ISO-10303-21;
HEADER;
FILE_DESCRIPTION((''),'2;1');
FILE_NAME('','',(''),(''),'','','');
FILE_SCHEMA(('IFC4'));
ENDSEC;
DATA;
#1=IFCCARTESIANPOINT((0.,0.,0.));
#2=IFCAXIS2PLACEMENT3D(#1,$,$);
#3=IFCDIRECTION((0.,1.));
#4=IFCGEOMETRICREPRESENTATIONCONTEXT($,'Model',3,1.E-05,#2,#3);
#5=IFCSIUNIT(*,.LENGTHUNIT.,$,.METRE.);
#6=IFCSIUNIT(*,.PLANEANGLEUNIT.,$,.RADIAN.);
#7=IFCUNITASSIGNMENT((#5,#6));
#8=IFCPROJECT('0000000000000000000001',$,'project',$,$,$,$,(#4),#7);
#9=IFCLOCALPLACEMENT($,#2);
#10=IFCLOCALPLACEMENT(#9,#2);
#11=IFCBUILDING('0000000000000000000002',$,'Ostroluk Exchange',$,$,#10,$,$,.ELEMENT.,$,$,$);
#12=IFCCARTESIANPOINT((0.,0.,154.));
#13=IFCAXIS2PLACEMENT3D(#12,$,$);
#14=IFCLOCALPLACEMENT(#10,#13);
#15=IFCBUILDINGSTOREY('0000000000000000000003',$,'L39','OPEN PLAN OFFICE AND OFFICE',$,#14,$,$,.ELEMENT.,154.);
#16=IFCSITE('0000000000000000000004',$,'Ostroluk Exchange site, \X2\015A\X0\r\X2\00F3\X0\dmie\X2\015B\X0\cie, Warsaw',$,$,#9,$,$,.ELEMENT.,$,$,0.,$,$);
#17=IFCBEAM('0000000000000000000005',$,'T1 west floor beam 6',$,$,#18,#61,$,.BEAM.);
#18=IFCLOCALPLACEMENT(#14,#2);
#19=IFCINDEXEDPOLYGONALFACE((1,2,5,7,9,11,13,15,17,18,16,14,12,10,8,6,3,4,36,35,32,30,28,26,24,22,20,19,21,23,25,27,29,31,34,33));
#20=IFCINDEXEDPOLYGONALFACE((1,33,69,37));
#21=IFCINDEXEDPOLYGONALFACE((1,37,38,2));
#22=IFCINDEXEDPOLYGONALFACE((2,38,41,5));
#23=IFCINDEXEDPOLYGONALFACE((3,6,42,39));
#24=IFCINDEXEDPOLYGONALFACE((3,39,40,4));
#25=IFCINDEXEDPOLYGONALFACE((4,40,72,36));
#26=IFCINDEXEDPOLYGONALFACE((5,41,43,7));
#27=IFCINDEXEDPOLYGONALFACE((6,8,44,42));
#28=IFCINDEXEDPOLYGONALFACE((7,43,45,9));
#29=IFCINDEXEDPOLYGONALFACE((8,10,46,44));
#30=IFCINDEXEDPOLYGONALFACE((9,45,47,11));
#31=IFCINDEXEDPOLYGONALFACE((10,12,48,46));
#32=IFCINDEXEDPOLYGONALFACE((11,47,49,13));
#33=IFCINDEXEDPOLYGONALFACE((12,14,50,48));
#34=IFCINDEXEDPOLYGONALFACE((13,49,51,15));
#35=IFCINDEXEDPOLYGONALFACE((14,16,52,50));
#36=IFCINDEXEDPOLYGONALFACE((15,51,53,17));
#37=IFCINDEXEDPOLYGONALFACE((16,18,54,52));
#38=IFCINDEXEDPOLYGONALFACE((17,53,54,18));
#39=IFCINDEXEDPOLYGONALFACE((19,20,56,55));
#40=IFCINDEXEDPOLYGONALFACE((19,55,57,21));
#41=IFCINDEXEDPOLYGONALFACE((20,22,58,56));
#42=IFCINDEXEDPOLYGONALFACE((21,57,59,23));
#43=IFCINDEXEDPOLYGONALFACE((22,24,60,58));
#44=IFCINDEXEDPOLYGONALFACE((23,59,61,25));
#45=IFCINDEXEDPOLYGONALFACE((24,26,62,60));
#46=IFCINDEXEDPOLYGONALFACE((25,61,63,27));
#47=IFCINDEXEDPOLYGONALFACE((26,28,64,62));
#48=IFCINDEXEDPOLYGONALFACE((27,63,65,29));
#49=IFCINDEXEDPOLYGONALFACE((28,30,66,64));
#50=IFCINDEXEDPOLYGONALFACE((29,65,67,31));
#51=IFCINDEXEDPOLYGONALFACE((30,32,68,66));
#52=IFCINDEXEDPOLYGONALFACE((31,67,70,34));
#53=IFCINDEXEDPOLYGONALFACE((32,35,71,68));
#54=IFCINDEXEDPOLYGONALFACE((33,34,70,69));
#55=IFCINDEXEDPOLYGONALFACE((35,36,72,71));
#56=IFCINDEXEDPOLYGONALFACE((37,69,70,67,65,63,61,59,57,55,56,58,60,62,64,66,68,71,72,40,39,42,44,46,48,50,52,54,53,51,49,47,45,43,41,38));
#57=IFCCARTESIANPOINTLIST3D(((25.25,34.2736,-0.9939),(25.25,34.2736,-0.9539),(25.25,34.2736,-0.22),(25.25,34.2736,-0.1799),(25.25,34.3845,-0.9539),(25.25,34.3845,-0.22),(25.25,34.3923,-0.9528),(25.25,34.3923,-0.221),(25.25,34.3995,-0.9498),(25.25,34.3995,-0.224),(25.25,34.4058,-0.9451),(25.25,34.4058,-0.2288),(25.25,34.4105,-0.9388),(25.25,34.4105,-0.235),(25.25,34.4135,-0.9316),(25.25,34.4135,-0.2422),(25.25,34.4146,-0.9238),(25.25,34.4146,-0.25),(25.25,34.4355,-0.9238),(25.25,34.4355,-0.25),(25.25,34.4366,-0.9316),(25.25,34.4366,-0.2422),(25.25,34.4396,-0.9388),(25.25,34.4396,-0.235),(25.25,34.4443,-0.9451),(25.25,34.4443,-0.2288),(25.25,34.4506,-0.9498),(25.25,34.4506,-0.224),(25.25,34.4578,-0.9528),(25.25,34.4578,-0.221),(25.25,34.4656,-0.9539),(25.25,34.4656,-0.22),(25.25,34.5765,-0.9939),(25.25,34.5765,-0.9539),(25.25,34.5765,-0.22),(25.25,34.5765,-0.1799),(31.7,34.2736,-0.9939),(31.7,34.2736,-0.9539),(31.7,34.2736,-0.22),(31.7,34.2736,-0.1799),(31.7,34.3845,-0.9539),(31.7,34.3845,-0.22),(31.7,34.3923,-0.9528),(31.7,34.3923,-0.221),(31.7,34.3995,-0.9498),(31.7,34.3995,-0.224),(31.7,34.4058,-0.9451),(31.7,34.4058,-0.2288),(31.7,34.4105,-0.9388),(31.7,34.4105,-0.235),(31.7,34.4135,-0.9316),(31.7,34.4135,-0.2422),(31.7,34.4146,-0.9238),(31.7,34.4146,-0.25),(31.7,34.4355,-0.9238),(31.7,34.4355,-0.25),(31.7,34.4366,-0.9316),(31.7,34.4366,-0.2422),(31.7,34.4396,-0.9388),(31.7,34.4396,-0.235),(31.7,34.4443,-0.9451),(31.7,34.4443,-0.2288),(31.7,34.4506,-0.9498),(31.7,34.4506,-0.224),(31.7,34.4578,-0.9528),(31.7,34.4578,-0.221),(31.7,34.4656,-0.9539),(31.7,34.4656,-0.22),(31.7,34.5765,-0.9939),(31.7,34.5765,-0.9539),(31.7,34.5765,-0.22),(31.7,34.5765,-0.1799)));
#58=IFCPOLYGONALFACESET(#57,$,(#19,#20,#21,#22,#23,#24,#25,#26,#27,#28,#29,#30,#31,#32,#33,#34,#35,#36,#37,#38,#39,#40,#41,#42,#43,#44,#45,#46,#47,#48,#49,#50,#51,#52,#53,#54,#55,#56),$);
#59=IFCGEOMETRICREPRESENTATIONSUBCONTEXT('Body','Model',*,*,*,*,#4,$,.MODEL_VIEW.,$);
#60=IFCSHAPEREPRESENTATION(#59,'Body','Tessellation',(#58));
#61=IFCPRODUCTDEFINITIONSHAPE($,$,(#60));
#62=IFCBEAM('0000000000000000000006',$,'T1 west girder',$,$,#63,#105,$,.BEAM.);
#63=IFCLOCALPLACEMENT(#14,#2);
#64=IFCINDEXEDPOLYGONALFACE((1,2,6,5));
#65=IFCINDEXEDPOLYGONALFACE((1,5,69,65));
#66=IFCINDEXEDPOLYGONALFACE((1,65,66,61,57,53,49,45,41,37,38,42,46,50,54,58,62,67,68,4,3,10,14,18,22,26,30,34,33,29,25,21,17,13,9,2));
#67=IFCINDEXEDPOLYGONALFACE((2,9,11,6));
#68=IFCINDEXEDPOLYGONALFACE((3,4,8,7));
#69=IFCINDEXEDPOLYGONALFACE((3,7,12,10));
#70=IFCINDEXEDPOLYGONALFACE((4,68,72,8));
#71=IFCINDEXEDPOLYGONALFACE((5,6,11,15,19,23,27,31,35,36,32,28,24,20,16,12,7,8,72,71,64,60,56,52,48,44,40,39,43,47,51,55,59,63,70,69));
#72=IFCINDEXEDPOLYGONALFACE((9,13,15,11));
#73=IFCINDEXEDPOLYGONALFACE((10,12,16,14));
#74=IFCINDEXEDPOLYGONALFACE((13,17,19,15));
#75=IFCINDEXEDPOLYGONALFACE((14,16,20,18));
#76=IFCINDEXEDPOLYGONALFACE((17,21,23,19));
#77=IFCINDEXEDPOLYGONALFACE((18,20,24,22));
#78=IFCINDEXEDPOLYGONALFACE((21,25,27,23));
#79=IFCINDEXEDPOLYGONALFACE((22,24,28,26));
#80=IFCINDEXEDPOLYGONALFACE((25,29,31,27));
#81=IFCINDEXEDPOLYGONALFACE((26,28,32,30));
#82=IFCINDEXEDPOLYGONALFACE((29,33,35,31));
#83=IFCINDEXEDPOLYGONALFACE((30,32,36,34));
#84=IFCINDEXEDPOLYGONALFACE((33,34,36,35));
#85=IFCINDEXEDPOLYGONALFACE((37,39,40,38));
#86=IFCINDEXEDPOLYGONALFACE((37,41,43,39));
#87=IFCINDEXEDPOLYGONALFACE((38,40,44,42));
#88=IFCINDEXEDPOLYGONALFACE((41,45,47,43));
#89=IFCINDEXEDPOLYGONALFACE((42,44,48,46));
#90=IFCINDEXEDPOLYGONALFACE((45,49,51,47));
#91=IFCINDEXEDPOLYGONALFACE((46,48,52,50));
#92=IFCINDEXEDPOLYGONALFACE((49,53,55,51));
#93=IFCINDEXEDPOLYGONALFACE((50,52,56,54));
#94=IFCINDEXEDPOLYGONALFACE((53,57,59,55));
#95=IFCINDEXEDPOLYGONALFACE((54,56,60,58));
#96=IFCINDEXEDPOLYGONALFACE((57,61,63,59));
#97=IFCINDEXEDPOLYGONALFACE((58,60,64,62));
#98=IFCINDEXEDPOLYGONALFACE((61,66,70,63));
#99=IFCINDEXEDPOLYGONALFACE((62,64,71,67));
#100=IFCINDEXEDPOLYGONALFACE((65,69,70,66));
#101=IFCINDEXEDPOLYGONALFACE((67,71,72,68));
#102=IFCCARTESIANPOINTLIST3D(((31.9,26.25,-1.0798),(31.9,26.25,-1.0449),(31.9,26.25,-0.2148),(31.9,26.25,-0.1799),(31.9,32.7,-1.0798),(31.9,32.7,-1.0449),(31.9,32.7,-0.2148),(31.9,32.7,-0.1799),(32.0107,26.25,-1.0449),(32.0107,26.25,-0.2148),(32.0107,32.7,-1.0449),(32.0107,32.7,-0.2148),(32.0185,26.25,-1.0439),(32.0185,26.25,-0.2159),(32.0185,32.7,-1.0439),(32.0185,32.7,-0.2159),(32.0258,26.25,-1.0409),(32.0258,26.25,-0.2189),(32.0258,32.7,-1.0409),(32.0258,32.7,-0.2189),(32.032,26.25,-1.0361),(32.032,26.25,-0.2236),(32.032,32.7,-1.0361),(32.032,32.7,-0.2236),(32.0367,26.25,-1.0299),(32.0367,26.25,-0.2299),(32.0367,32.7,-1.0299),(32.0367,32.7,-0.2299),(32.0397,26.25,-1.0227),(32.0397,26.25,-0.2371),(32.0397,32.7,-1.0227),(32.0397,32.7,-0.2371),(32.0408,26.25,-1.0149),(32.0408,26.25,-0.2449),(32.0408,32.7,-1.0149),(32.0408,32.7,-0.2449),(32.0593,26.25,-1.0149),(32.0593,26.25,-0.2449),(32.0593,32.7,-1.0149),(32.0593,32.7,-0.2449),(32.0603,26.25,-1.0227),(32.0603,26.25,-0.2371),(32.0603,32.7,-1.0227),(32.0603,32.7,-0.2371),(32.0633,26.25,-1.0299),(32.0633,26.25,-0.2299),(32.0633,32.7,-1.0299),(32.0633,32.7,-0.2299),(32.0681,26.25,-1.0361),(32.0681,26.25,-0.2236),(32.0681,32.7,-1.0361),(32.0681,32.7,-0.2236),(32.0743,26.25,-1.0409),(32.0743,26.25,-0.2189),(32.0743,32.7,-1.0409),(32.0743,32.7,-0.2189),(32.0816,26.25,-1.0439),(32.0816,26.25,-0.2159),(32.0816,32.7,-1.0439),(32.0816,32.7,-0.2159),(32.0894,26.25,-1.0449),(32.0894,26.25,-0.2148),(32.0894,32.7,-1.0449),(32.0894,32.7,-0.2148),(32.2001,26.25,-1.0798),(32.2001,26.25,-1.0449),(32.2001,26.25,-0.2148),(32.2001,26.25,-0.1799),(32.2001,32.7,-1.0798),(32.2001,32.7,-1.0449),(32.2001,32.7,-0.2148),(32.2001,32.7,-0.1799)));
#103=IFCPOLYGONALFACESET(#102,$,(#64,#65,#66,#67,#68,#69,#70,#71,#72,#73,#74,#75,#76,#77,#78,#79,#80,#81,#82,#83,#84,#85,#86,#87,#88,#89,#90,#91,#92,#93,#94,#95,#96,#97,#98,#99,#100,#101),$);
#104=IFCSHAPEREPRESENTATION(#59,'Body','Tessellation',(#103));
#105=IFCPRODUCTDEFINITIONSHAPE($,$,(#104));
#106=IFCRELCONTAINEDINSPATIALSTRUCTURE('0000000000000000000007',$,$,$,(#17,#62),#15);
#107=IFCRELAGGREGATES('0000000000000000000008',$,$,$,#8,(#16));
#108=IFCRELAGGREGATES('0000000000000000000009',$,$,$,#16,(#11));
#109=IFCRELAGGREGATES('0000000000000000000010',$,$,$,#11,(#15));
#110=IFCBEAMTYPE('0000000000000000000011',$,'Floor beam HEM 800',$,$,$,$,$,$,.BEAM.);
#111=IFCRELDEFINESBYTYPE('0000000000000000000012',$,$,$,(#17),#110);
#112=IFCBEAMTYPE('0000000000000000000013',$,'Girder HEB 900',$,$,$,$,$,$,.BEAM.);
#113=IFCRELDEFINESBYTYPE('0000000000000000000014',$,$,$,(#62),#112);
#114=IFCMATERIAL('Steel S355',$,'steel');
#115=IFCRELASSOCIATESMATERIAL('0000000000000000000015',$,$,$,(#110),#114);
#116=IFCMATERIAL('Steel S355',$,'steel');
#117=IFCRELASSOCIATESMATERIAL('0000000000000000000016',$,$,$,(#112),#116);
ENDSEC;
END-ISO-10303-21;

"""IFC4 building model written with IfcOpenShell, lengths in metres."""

from ifc_helpers import new_model, si_unit, direction, frame, origin, origin_2d, place, context, subcontext, project, spatial, i_section, extrude, material, material_profile, profile_set, type_object, element, save


model = new_model("IFC4")

# Units and contexts
model_context = context("Model", 3, precision=1e-05, world=origin(), true_north=direction((0.0, 1.0)))
body_context = subcontext(model_context, "Body", "Model", "MODEL_VIEW")
ifc_project = project(units=[si_unit("LENGTHUNIT", "METRE"), si_unit("PLANEANGLEUNIT", "RADIAN")], contexts=[model_context])

# Site, building, storey
site_placement = place(None, origin())
site = spatial("IfcSite", under=ifc_project, at=site_placement, Name="Ostroluk Exchange site, Śródmieście, Warsaw", CompositionType="ELEMENT", RefElevation=0.0)
building_placement = place(site_placement, origin())
building = spatial("IfcBuilding", under=site, at=building_placement, Name="Ostroluk Exchange", CompositionType="ELEMENT")
storey_placement = place(building_placement, frame((0.0, 0.0, 154.0)))
storey = spatial("IfcBuildingStorey", under=building, at=storey_placement, Name="L39", Description="OPEN PLAN OFFICE AND OFFICE", CompositionType="ELEMENT", Elevation=154.0)

# Beams
ifc_material_1 = material(Name="Steel S355", Category="steel")
ifc_material_profile_1 = material_profile(ifc_material_1, i_section(OverallWidth=0.303, OverallDepth=0.814, WebThickness=0.021, FlangeThickness=0.04, FilletRadius=0.03, at=origin_2d()), Name="HEM 800")
ifc_profile_set_1 = profile_set([ifc_material_profile_1], Name="Steel S355")
beam_type_1 = type_object("IfcBeamType", Name="Floor beam HEM 800", PredefinedType="BEAM", material=ifc_profile_set_1)
beam_1_placement = place(storey_placement, frame((31.7, 34.425, -0.5869), z_axis=(-1.0, 0.0, 0.0), x_axis=(0.0, -1.0, 0.0)))
element("IfcBeam", 1, at=beam_1_placement, inside=storey, type_object=beam_type_1, Name="T1 west floor beam 6", PredefinedType="BEAM", context=body_context, shape_type="SweptSolid", body=[
    extrude(i_section(OverallWidth=0.303, OverallDepth=0.814, WebThickness=0.021, FlangeThickness=0.04, FilletRadius=0.03, at=origin_2d()), origin(), (0.0, 0.0, 1.0), 6.45),
])
ifc_material_2 = material(Name="Steel S355", Category="steel")
ifc_material_profile_2 = material_profile(ifc_material_2, i_section(OverallWidth=0.3, OverallDepth=0.8999, WebThickness=0.0186, FlangeThickness=0.0349, FilletRadius=0.03, at=origin_2d()), Name="HEB 900")
ifc_profile_set_2 = profile_set([ifc_material_profile_2], Name="Steel S355")
beam_type_2 = type_object("IfcBeamType", Name="Girder HEB 900", PredefinedType="BEAM", material=ifc_profile_set_2)
beam_2_placement = place(storey_placement, frame((32.05, 32.7, -0.6299), z_axis=(0.0, -1.0, 0.0), x_axis=(1.0, 0.0, 0.0)))
element("IfcBeam", 2, at=beam_2_placement, inside=storey, type_object=beam_type_2, Name="T1 west girder", PredefinedType="BEAM", context=body_context, shape_type="SweptSolid", body=[
    extrude(i_section(OverallWidth=0.3, OverallDepth=0.8999, WebThickness=0.0186, FlangeThickness=0.0349, FilletRadius=0.03, at=origin_2d()), origin(), (0.0, 0.0, 1.0), 6.45),
])

save(model, "model.ifc")
